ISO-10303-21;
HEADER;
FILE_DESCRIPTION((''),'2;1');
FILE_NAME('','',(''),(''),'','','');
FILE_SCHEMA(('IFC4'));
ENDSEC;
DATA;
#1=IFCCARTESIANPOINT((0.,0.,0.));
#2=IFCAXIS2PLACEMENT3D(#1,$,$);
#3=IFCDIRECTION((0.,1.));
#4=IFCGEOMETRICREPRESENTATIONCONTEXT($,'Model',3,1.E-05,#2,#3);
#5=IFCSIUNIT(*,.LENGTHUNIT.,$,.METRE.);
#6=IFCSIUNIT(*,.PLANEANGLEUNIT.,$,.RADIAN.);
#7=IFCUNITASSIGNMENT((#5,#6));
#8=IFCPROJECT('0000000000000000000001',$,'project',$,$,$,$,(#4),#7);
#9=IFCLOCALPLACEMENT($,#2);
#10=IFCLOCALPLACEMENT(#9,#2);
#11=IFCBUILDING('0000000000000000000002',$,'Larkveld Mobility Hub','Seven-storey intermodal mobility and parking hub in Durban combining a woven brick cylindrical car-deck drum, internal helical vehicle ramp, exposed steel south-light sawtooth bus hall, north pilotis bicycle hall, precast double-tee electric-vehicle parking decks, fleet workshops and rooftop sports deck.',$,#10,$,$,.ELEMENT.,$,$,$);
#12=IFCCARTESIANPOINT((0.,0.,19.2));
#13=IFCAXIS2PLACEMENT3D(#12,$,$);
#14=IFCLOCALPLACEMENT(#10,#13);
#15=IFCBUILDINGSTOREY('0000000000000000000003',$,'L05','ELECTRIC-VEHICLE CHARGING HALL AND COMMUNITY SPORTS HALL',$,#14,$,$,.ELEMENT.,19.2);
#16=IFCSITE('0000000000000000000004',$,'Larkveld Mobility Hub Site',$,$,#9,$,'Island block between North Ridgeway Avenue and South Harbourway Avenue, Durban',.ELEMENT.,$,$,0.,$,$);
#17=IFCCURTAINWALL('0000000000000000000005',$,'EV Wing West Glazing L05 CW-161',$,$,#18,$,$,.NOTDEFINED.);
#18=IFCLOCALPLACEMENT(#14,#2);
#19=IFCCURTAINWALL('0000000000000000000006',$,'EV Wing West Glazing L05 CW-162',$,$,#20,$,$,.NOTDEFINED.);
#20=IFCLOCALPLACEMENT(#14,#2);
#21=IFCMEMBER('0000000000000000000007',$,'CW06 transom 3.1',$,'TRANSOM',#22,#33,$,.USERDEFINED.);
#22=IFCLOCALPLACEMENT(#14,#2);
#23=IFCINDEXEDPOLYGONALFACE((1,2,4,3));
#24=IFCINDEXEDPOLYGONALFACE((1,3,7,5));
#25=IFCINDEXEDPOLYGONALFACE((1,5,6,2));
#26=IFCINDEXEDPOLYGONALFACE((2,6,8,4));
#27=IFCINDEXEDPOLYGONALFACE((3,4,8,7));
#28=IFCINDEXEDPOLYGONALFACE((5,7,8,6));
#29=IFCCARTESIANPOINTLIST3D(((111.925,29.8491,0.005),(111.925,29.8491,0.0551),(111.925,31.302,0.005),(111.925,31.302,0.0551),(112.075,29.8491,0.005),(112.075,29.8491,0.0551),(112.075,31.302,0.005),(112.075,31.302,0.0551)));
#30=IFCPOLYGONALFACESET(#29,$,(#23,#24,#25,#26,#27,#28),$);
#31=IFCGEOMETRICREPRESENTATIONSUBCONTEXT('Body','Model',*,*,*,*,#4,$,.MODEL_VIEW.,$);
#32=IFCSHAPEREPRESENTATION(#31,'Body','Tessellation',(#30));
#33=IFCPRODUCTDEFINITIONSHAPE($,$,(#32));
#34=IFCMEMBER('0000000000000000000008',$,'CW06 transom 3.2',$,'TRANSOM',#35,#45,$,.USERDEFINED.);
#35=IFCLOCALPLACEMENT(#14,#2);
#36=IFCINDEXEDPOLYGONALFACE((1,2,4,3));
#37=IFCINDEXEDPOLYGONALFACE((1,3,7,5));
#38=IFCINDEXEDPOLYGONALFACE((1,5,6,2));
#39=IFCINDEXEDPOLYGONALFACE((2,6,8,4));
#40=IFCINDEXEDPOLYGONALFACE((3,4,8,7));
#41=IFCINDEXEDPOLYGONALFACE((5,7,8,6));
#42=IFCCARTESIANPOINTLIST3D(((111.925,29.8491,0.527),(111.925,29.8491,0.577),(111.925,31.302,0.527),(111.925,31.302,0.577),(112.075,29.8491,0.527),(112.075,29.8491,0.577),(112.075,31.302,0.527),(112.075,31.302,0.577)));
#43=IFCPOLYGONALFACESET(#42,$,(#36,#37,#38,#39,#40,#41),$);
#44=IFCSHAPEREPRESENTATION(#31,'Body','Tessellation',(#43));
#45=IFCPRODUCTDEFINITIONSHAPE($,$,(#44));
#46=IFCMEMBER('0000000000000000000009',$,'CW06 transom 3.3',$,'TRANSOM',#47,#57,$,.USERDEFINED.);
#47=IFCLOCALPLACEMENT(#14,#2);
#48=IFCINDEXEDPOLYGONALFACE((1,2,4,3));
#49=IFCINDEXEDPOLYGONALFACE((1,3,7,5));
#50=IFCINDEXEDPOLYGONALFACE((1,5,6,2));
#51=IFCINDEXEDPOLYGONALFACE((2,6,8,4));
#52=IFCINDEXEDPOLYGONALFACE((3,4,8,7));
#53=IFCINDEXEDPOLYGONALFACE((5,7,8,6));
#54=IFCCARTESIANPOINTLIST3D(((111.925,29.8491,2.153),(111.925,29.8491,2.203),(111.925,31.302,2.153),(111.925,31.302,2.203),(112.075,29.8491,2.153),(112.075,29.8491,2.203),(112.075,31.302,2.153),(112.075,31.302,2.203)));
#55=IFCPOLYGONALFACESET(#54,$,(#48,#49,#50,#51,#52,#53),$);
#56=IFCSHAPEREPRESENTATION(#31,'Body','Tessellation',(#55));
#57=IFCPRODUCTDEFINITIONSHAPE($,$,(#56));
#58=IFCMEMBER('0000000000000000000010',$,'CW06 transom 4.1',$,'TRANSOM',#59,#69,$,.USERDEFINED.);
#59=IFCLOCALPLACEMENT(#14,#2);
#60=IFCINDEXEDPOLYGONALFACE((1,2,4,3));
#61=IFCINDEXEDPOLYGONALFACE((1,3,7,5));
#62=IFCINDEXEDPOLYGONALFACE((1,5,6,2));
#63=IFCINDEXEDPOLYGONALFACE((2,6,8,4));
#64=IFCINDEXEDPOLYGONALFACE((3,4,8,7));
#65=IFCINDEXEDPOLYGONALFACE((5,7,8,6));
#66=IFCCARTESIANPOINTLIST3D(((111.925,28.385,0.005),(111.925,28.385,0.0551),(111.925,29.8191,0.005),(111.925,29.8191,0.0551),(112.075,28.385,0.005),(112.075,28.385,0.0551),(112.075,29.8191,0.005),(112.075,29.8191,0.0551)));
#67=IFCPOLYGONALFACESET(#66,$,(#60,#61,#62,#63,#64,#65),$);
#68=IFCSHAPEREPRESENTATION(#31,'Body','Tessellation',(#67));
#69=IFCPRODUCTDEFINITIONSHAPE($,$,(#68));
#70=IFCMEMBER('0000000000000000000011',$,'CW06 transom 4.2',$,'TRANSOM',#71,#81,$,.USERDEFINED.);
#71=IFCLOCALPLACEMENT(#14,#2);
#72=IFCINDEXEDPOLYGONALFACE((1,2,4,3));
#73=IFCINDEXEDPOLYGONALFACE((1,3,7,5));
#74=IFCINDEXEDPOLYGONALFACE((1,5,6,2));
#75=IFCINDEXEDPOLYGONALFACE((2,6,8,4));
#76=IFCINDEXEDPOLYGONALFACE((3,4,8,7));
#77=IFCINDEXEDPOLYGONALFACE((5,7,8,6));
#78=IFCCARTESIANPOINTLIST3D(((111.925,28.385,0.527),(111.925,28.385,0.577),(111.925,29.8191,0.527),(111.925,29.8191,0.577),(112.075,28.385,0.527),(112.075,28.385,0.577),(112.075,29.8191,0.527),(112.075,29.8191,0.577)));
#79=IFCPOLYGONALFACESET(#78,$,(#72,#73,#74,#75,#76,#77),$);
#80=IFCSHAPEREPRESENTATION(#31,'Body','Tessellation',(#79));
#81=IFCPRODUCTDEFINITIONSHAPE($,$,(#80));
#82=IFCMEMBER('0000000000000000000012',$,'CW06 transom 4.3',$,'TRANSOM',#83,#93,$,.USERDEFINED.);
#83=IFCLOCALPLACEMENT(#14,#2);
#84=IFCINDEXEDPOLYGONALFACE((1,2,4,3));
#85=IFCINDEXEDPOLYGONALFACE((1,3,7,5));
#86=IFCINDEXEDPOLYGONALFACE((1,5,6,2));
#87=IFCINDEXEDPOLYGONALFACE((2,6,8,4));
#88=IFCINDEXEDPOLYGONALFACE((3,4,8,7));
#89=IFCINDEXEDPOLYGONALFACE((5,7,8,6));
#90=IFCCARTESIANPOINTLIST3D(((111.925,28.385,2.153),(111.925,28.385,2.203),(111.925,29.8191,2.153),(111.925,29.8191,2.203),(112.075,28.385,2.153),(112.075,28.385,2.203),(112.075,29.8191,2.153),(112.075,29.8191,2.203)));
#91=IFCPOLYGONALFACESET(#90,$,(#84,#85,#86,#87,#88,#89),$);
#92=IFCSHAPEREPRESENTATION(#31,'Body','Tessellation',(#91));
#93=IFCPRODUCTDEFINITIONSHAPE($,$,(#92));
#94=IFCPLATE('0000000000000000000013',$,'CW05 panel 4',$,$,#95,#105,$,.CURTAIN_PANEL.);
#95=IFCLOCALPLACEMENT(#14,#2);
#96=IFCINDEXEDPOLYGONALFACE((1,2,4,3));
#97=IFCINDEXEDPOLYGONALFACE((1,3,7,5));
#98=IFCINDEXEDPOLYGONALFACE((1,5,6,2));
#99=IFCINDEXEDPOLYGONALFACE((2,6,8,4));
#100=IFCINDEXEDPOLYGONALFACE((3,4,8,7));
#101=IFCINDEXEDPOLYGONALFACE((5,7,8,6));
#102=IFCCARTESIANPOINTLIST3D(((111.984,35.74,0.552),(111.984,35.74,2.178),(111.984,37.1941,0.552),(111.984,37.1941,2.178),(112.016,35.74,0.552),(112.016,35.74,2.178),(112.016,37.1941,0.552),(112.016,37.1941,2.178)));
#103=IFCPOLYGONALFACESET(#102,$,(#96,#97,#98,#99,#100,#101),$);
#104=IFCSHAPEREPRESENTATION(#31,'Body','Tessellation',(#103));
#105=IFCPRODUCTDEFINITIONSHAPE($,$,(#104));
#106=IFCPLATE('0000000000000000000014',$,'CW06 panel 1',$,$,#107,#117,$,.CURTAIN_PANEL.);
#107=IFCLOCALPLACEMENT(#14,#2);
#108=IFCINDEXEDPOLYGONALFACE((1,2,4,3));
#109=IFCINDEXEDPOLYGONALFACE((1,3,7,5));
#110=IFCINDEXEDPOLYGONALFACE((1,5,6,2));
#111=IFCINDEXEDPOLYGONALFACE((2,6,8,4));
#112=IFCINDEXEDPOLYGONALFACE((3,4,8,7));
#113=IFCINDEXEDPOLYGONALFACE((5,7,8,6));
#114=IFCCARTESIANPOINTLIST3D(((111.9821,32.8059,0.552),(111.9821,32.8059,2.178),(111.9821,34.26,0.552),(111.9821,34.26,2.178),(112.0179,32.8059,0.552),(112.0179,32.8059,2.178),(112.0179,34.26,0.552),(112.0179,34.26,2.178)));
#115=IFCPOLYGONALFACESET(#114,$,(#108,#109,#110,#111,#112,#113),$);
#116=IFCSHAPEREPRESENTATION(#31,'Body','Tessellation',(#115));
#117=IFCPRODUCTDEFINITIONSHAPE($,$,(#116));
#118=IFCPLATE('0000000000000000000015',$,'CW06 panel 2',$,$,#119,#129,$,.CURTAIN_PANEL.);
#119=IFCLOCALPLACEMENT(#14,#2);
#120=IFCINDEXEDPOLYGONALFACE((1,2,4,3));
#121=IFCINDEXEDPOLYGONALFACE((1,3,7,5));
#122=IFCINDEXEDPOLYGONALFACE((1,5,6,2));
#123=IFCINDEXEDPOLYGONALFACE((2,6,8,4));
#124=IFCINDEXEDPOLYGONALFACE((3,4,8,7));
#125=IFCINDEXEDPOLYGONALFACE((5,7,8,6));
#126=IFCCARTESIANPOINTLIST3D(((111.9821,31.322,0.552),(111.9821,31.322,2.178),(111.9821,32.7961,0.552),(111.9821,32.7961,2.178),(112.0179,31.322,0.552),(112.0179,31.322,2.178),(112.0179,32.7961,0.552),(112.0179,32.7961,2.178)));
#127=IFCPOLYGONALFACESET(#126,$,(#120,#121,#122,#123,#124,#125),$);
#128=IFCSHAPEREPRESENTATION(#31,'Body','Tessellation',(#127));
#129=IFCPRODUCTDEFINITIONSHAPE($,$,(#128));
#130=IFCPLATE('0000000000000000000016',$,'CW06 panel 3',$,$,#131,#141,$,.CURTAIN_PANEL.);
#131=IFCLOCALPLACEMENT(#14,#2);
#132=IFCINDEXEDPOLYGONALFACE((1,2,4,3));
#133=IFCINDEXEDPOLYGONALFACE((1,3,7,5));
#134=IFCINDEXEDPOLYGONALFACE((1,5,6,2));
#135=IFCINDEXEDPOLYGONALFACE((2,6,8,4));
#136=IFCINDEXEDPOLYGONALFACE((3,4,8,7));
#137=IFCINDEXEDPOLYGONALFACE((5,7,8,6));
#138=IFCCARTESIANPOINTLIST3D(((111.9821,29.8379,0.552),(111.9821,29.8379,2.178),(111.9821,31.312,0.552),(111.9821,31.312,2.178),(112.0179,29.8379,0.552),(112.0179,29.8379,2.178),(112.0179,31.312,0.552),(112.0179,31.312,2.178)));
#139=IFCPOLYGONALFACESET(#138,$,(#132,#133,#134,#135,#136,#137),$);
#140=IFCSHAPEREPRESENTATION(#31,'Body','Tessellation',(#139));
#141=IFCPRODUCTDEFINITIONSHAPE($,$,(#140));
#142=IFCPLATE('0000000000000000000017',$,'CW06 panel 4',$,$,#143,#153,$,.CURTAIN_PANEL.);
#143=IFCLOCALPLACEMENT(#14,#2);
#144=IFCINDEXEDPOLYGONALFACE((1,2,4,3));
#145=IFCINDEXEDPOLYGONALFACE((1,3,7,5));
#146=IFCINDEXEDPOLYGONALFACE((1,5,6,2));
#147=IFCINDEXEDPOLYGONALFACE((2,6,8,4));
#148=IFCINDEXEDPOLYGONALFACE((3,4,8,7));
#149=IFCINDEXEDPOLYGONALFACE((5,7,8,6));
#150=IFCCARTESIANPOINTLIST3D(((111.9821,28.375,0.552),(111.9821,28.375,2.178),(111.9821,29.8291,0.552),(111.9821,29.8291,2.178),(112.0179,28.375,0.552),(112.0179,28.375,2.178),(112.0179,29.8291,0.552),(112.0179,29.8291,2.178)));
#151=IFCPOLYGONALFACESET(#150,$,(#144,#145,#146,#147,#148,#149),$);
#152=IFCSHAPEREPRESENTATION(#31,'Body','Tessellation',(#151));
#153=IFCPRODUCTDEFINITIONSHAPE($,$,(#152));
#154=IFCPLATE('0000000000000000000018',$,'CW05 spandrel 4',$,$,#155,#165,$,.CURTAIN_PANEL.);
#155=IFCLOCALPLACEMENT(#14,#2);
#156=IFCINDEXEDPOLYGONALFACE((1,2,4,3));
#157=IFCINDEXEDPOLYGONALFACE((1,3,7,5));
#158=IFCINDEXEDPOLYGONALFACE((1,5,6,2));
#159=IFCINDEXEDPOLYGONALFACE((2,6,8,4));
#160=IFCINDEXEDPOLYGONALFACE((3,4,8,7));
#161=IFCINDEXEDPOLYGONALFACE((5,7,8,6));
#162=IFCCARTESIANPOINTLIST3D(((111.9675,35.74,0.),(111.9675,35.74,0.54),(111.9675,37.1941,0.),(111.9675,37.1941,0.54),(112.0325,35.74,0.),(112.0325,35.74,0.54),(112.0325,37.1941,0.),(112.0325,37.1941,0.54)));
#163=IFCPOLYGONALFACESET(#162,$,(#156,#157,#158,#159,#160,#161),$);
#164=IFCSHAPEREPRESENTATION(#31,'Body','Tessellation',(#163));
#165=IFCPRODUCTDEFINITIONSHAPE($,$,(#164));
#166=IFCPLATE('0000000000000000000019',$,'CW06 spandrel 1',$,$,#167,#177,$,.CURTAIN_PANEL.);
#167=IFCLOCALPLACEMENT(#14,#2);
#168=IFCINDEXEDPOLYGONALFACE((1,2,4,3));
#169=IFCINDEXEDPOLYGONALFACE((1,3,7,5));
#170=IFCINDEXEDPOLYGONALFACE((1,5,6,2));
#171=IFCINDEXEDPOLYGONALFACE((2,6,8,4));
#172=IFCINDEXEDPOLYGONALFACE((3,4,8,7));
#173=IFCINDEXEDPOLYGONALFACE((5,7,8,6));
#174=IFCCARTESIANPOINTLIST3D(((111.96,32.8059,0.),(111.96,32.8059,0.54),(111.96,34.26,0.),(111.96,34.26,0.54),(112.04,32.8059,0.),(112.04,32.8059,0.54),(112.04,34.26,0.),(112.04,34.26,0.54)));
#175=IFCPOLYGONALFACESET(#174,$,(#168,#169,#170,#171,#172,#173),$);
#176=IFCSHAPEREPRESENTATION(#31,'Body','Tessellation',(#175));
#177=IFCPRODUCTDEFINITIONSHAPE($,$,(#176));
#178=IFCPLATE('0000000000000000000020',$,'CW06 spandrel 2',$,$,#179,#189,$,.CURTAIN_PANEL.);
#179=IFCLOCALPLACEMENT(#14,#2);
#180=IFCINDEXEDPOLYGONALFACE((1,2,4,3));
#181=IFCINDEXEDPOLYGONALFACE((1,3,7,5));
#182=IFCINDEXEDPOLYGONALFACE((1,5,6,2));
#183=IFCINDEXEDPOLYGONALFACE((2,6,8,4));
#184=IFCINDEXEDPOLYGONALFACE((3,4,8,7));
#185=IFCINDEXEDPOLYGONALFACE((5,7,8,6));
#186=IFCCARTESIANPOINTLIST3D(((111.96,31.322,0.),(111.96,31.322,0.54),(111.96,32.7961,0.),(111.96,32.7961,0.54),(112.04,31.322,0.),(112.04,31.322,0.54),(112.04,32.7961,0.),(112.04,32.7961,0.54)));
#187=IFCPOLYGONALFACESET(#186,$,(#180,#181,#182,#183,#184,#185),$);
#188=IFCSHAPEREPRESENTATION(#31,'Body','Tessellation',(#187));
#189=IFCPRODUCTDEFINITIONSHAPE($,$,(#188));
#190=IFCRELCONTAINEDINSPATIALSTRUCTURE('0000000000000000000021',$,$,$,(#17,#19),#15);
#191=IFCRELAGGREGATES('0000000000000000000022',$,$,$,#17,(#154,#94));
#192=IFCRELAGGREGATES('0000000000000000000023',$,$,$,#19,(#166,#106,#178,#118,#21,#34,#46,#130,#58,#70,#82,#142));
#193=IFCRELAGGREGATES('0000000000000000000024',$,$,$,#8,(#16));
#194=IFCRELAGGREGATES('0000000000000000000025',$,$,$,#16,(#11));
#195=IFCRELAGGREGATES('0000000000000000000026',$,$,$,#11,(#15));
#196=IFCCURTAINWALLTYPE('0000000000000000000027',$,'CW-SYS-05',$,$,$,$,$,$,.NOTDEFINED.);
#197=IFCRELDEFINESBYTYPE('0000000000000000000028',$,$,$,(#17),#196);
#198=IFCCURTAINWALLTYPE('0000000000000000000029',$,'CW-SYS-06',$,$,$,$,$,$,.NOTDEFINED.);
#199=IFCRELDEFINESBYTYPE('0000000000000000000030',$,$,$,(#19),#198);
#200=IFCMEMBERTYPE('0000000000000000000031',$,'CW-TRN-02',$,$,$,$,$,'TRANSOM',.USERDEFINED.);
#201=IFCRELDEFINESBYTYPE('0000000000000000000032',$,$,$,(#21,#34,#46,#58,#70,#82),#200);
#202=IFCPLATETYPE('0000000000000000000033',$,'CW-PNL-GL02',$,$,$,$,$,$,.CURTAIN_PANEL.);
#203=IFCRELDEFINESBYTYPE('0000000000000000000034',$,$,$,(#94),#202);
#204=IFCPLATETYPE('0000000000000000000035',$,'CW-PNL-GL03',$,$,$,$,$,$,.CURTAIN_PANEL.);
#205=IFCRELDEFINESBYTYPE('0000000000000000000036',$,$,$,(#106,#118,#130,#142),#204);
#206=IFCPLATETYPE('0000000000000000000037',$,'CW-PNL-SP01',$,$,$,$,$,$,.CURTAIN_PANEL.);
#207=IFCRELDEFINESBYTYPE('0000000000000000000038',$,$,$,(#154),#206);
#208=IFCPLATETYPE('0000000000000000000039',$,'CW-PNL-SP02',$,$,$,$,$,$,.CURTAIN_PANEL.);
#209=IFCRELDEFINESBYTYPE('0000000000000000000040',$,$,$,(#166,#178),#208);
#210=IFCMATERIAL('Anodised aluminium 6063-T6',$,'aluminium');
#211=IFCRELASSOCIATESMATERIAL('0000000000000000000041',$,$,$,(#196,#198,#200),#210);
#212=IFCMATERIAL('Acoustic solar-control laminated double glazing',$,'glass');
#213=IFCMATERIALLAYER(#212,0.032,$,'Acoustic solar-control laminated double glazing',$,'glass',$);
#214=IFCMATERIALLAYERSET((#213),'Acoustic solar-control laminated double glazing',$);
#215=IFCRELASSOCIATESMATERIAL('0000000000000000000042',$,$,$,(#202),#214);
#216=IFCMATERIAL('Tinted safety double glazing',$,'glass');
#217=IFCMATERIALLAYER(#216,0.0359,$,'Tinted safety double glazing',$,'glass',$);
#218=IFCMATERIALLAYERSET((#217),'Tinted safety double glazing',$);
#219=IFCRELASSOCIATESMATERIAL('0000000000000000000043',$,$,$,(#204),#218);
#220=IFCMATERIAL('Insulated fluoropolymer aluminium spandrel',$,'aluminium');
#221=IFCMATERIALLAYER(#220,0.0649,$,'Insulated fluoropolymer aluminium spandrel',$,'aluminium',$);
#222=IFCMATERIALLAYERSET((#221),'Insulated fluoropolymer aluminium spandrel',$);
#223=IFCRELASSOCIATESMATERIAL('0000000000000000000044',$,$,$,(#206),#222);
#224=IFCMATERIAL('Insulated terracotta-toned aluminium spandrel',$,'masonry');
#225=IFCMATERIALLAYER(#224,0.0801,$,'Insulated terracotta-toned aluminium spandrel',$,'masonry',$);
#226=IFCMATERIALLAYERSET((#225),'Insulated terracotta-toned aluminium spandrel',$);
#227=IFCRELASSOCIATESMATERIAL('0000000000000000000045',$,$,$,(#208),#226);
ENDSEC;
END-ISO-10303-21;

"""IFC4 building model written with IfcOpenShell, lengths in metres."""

from ifc_helpers import new_model, si_unit, direction, frame, origin, origin_2d, place, context, subcontext, project, spatial, rectangle, extrude, material, layer, layer_set, material_profile, profile_set, type_object, element, aggregate, save


model = new_model("IFC4")

# Units and contexts
model_context = context("Model", 3, precision=1e-05, world=origin(), true_north=direction((0.0, 1.0)))
body_context = subcontext(model_context, "Body", "Model", "MODEL_VIEW")
ifc_project = project(units=[si_unit("LENGTHUNIT", "METRE"), si_unit("PLANEANGLEUNIT", "RADIAN")], contexts=[model_context])

# Site, building, storey
site_placement = place(None, origin())
site = spatial("IfcSite", under=ifc_project, at=site_placement, Name="Larkveld Mobility Hub Site", LongName="Island block between North Ridgeway Avenue and South Harbourway Avenue, Durban", CompositionType="ELEMENT", RefElevation=0.0)
building_placement = place(site_placement, origin())
building = spatial("IfcBuilding", under=site, at=building_placement, Name="Larkveld Mobility Hub", Description="Seven-storey intermodal mobility and parking hub in Durban combining a woven brick cylindrical car-deck drum, internal helical vehicle ramp, exposed steel south-light sawtooth bus hall, north pilotis bicycle hall, precast double-tee electric-vehicle parking decks, fleet workshops and rooftop sports deck.", CompositionType="ELEMENT")
storey_placement = place(building_placement, frame((0.0, 0.0, 19.2)))
storey = spatial("IfcBuildingStorey", under=building, at=storey_placement, Name="L05", Description="ELECTRIC-VEHICLE CHARGING HALL AND COMMUNITY SPORTS HALL", CompositionType="ELEMENT", Elevation=19.2)

# Curtain wall
ifc_material_1 = material(Name="Anodised aluminium 6063-T6", Category="aluminium")
curtain_wall_type_1 = type_object("IfcCurtainWallType", Name="CW-SYS-05", PredefinedType="NOTDEFINED", material=ifc_material_1)
curtain_wall_1_placement = place(storey_placement, origin())
curtain_wall_1 = element("IfcCurtainWall", 1, at=curtain_wall_1_placement, inside=storey, type_object=curtain_wall_type_1, Name="EV Wing West Glazing L05 CW-161", PredefinedType="NOTDEFINED")

# Curtain wall
curtain_wall_type_2 = type_object("IfcCurtainWallType", Name="CW-SYS-06", PredefinedType="NOTDEFINED", material=ifc_material_1)
curtain_wall_2_placement = place(storey_placement, origin())
curtain_wall_2 = element("IfcCurtainWall", 2, at=curtain_wall_2_placement, inside=storey, type_object=curtain_wall_type_2, Name="EV Wing West Glazing L05 CW-162", PredefinedType="NOTDEFINED")

# Members
ifc_material_profile_1 = material_profile(ifc_material_1, rectangle(XDim=0.1499, YDim=0.05, at=origin_2d()), Name="ALU TRAN 50x150")
ifc_profile_set_1 = profile_set([ifc_material_profile_1], Name="Anodised aluminium 6063-T6")
member_type_1 = type_object("IfcMemberType", Name="CW-TRN-02", ElementType="TRANSOM", PredefinedType="USERDEFINED", material=ifc_profile_set_1)
member_1_placement = place(storey_placement, frame((112.0, 31.302, 0.03), z_axis=(0.0, -1.0, 0.0), x_axis=(1.0, 0.0, 0.0)))
member_1 = element("IfcMember", 3, at=member_1_placement, type_object=member_type_1, Name="CW06 transom 3.1", ObjectType="TRANSOM", PredefinedType="USERDEFINED", context=body_context, shape_type="SweptSolid", body=[
    extrude(rectangle(XDim=0.1499, YDim=0.05, at=origin_2d()), origin(), (0.0, 0.0, 1.0), 1.4529),
])
member_2_placement = place(storey_placement, frame((112.0, 31.302, 0.552), z_axis=(0.0, -1.0, 0.0), x_axis=(1.0, 0.0, 0.0)))
member_2 = element("IfcMember", 4, at=member_2_placement, type_object=member_type_1, Name="CW06 transom 3.2", ObjectType="TRANSOM", PredefinedType="USERDEFINED", context=body_context, shape_type="SweptSolid", body=[
    extrude(rectangle(XDim=0.1499, YDim=0.05, at=origin_2d()), origin(), (0.0, 0.0, 1.0), 1.4529),
])
member_3_placement = place(storey_placement, frame((112.0, 31.302, 2.178), z_axis=(0.0, -1.0, 0.0), x_axis=(1.0, 0.0, 0.0)))
member_3 = element("IfcMember", 5, at=member_3_placement, type_object=member_type_1, Name="CW06 transom 3.3", ObjectType="TRANSOM", PredefinedType="USERDEFINED", context=body_context, shape_type="SweptSolid", body=[
    extrude(rectangle(XDim=0.1499, YDim=0.05, at=origin_2d()), origin(), (0.0, 0.0, 1.0), 1.4529),
])
member_4_placement = place(storey_placement, frame((112.0, 29.8191, 0.03), z_axis=(0.0, -1.0, 0.0), x_axis=(1.0, 0.0, 0.0)))
member_4 = element("IfcMember", 6, at=member_4_placement, type_object=member_type_1, Name="CW06 transom 4.1", ObjectType="TRANSOM", PredefinedType="USERDEFINED", context=body_context, shape_type="SweptSolid", body=[
    extrude(rectangle(XDim=0.1499, YDim=0.05, at=origin_2d()), origin(), (0.0, 0.0, 1.0), 1.4341),
])
member_5_placement = place(storey_placement, frame((112.0, 29.8191, 0.552), z_axis=(0.0, -1.0, 0.0), x_axis=(1.0, 0.0, 0.0)))
member_5 = element("IfcMember", 7, at=member_5_placement, type_object=member_type_1, Name="CW06 transom 4.2", ObjectType="TRANSOM", PredefinedType="USERDEFINED", context=body_context, shape_type="SweptSolid", body=[
    extrude(rectangle(XDim=0.1499, YDim=0.05, at=origin_2d()), origin(), (0.0, 0.0, 1.0), 1.4341),
])
member_6_placement = place(storey_placement, frame((112.0, 29.8191, 2.178), z_axis=(0.0, -1.0, 0.0), x_axis=(1.0, 0.0, 0.0)))
member_6 = element("IfcMember", 8, at=member_6_placement, type_object=member_type_1, Name="CW06 transom 4.3", ObjectType="TRANSOM", PredefinedType="USERDEFINED", context=body_context, shape_type="SweptSolid", body=[
    extrude(rectangle(XDim=0.1499, YDim=0.05, at=origin_2d()), origin(), (0.0, 0.0, 1.0), 1.4341),
])

# Plates
ifc_material_2 = material(Name="Acoustic solar-control laminated double glazing", Category="glass")
ifc_layer_1 = layer(ifc_material_2, 0.032, Name="Acoustic solar-control laminated double glazing", Category="glass")
ifc_layer_set_1 = layer_set([ifc_layer_1], Name="Acoustic solar-control laminated double glazing")
plate_type_1 = type_object("IfcPlateType", Name="CW-PNL-GL02", PredefinedType="CURTAIN_PANEL", material=ifc_layer_set_1)
plate_1_placement = place(storey_placement, frame((112.0, 36.467, 0.552), z_axis=(0.0, 0.0, 1.0), x_axis=(0.0, -1.0, 0.0)))
plate_1 = element("IfcPlate", 9, at=plate_1_placement, type_object=plate_type_1, Name="CW05 panel 4", PredefinedType="CURTAIN_PANEL", context=body_context, shape_type="SweptSolid", body=[
    extrude(rectangle(XDim=1.4541, YDim=0.032, at=origin_2d()), origin(), (0.0, 0.0, 1.0), 1.626),
])
ifc_material_3 = material(Name="Tinted safety double glazing", Category="glass")
ifc_layer_2 = layer(ifc_material_3, 0.0359, Name="Tinted safety double glazing", Category="glass")
ifc_layer_set_2 = layer_set([ifc_layer_2], Name="Tinted safety double glazing")
plate_type_2 = type_object("IfcPlateType", Name="CW-PNL-GL03", PredefinedType="CURTAIN_PANEL", material=ifc_layer_set_2)
plate_2_placement = place(storey_placement, frame((112.0, 33.533, 0.552), z_axis=(0.0, 0.0, 1.0), x_axis=(0.0, -1.0, 0.0)))
plate_2 = element("IfcPlate", 10, at=plate_2_placement, type_object=plate_type_2, Name="CW06 panel 1", PredefinedType="CURTAIN_PANEL", context=body_context, shape_type="SweptSolid", body=[
    extrude(rectangle(XDim=1.4541, YDim=0.0359, at=origin_2d()), origin(), (0.0, 0.0, 1.0), 1.626),
])
plate_3_placement = place(storey_placement, frame((112.0, 32.0591, 0.552), z_axis=(0.0, 0.0, 1.0), x_axis=(0.0, -1.0, 0.0)))
plate_3 = element("IfcPlate", 11, at=plate_3_placement, type_object=plate_type_2, Name="CW06 panel 2", PredefinedType="CURTAIN_PANEL", context=body_context, shape_type="SweptSolid", body=[
    extrude(rectangle(XDim=1.4741, YDim=0.0359, at=origin_2d()), origin(), (0.0, 0.0, 1.0), 1.626),
])
plate_4_placement = place(storey_placement, frame((112.0, 30.575, 0.552), z_axis=(0.0, 0.0, 1.0), x_axis=(0.0, -1.0, 0.0)))
plate_4 = element("IfcPlate", 12, at=plate_4_placement, type_object=plate_type_2, Name="CW06 panel 3", PredefinedType="CURTAIN_PANEL", context=body_context, shape_type="SweptSolid", body=[
    extrude(rectangle(XDim=1.4741, YDim=0.0359, at=origin_2d()), origin(), (0.0, 0.0, 1.0), 1.626),
])
plate_5_placement = place(storey_placement, frame((112.0, 29.1021, 0.552), z_axis=(0.0, 0.0, 1.0), x_axis=(0.0, -1.0, 0.0)))
plate_5 = element("IfcPlate", 13, at=plate_5_placement, type_object=plate_type_2, Name="CW06 panel 4", PredefinedType="CURTAIN_PANEL", context=body_context, shape_type="SweptSolid", body=[
    extrude(rectangle(XDim=1.4541, YDim=0.0359, at=origin_2d()), origin(), (0.0, 0.0, 1.0), 1.626),
])
ifc_material_4 = material(Name="Insulated fluoropolymer aluminium spandrel", Category="aluminium")
ifc_layer_3 = layer(ifc_material_4, 0.0649, Name="Insulated fluoropolymer aluminium spandrel", Category="aluminium")
ifc_layer_set_3 = layer_set([ifc_layer_3], Name="Insulated fluoropolymer aluminium spandrel")
plate_type_3 = type_object("IfcPlateType", Name="CW-PNL-SP01", PredefinedType="CURTAIN_PANEL", material=ifc_layer_set_3)
plate_6_placement = place(storey_placement, frame((112.0, 36.467, 0.0), z_axis=(0.0, 0.0, 1.0), x_axis=(0.0, -1.0, 0.0)))
plate_6 = element("IfcPlate", 14, at=plate_6_placement, type_object=plate_type_3, Name="CW05 spandrel 4", PredefinedType="CURTAIN_PANEL", context=body_context, shape_type="SweptSolid", body=[
    extrude(rectangle(XDim=1.4541, YDim=0.0649, at=origin_2d()), origin(), (0.0, 0.0, 1.0), 0.54),
])
aggregate(curtain_wall_1, [plate_6, plate_1])
ifc_material_5 = material(Name="Insulated terracotta-toned aluminium spandrel", Category="masonry")
ifc_layer_4 = layer(ifc_material_5, 0.0801, Name="Insulated terracotta-toned aluminium spandrel", Category="masonry")
ifc_layer_set_4 = layer_set([ifc_layer_4], Name="Insulated terracotta-toned aluminium spandrel")
plate_type_4 = type_object("IfcPlateType", Name="CW-PNL-SP02", PredefinedType="CURTAIN_PANEL", material=ifc_layer_set_4)
plate_7_placement = place(storey_placement, frame((112.0, 33.533, 0.0), z_axis=(0.0, 0.0, 1.0), x_axis=(0.0, -1.0, 0.0)))
plate_7 = element("IfcPlate", 15, at=plate_7_placement, type_object=plate_type_4, Name="CW06 spandrel 1", PredefinedType="CURTAIN_PANEL", context=body_context, shape_type="SweptSolid", body=[
    extrude(rectangle(XDim=1.4541, YDim=0.0801, at=origin_2d()), origin(), (0.0, 0.0, 1.0), 0.54),
])
plate_8_placement = place(storey_placement, frame((112.0, 32.0591, 0.0), z_axis=(0.0, 0.0, 1.0), x_axis=(0.0, -1.0, 0.0)))
plate_8 = element("IfcPlate", 16, at=plate_8_placement, type_object=plate_type_4, Name="CW06 spandrel 2", PredefinedType="CURTAIN_PANEL", context=body_context, shape_type="SweptSolid", body=[
    extrude(rectangle(XDim=1.4741, YDim=0.0801, at=origin_2d()), origin(), (0.0, 0.0, 1.0), 0.54),
])
aggregate(curtain_wall_2, [plate_7, plate_2, plate_8, plate_3, member_1, member_2, member_3, plate_4, member_4, member_5, member_6, plate_5])

save(model, "model.ifc")
